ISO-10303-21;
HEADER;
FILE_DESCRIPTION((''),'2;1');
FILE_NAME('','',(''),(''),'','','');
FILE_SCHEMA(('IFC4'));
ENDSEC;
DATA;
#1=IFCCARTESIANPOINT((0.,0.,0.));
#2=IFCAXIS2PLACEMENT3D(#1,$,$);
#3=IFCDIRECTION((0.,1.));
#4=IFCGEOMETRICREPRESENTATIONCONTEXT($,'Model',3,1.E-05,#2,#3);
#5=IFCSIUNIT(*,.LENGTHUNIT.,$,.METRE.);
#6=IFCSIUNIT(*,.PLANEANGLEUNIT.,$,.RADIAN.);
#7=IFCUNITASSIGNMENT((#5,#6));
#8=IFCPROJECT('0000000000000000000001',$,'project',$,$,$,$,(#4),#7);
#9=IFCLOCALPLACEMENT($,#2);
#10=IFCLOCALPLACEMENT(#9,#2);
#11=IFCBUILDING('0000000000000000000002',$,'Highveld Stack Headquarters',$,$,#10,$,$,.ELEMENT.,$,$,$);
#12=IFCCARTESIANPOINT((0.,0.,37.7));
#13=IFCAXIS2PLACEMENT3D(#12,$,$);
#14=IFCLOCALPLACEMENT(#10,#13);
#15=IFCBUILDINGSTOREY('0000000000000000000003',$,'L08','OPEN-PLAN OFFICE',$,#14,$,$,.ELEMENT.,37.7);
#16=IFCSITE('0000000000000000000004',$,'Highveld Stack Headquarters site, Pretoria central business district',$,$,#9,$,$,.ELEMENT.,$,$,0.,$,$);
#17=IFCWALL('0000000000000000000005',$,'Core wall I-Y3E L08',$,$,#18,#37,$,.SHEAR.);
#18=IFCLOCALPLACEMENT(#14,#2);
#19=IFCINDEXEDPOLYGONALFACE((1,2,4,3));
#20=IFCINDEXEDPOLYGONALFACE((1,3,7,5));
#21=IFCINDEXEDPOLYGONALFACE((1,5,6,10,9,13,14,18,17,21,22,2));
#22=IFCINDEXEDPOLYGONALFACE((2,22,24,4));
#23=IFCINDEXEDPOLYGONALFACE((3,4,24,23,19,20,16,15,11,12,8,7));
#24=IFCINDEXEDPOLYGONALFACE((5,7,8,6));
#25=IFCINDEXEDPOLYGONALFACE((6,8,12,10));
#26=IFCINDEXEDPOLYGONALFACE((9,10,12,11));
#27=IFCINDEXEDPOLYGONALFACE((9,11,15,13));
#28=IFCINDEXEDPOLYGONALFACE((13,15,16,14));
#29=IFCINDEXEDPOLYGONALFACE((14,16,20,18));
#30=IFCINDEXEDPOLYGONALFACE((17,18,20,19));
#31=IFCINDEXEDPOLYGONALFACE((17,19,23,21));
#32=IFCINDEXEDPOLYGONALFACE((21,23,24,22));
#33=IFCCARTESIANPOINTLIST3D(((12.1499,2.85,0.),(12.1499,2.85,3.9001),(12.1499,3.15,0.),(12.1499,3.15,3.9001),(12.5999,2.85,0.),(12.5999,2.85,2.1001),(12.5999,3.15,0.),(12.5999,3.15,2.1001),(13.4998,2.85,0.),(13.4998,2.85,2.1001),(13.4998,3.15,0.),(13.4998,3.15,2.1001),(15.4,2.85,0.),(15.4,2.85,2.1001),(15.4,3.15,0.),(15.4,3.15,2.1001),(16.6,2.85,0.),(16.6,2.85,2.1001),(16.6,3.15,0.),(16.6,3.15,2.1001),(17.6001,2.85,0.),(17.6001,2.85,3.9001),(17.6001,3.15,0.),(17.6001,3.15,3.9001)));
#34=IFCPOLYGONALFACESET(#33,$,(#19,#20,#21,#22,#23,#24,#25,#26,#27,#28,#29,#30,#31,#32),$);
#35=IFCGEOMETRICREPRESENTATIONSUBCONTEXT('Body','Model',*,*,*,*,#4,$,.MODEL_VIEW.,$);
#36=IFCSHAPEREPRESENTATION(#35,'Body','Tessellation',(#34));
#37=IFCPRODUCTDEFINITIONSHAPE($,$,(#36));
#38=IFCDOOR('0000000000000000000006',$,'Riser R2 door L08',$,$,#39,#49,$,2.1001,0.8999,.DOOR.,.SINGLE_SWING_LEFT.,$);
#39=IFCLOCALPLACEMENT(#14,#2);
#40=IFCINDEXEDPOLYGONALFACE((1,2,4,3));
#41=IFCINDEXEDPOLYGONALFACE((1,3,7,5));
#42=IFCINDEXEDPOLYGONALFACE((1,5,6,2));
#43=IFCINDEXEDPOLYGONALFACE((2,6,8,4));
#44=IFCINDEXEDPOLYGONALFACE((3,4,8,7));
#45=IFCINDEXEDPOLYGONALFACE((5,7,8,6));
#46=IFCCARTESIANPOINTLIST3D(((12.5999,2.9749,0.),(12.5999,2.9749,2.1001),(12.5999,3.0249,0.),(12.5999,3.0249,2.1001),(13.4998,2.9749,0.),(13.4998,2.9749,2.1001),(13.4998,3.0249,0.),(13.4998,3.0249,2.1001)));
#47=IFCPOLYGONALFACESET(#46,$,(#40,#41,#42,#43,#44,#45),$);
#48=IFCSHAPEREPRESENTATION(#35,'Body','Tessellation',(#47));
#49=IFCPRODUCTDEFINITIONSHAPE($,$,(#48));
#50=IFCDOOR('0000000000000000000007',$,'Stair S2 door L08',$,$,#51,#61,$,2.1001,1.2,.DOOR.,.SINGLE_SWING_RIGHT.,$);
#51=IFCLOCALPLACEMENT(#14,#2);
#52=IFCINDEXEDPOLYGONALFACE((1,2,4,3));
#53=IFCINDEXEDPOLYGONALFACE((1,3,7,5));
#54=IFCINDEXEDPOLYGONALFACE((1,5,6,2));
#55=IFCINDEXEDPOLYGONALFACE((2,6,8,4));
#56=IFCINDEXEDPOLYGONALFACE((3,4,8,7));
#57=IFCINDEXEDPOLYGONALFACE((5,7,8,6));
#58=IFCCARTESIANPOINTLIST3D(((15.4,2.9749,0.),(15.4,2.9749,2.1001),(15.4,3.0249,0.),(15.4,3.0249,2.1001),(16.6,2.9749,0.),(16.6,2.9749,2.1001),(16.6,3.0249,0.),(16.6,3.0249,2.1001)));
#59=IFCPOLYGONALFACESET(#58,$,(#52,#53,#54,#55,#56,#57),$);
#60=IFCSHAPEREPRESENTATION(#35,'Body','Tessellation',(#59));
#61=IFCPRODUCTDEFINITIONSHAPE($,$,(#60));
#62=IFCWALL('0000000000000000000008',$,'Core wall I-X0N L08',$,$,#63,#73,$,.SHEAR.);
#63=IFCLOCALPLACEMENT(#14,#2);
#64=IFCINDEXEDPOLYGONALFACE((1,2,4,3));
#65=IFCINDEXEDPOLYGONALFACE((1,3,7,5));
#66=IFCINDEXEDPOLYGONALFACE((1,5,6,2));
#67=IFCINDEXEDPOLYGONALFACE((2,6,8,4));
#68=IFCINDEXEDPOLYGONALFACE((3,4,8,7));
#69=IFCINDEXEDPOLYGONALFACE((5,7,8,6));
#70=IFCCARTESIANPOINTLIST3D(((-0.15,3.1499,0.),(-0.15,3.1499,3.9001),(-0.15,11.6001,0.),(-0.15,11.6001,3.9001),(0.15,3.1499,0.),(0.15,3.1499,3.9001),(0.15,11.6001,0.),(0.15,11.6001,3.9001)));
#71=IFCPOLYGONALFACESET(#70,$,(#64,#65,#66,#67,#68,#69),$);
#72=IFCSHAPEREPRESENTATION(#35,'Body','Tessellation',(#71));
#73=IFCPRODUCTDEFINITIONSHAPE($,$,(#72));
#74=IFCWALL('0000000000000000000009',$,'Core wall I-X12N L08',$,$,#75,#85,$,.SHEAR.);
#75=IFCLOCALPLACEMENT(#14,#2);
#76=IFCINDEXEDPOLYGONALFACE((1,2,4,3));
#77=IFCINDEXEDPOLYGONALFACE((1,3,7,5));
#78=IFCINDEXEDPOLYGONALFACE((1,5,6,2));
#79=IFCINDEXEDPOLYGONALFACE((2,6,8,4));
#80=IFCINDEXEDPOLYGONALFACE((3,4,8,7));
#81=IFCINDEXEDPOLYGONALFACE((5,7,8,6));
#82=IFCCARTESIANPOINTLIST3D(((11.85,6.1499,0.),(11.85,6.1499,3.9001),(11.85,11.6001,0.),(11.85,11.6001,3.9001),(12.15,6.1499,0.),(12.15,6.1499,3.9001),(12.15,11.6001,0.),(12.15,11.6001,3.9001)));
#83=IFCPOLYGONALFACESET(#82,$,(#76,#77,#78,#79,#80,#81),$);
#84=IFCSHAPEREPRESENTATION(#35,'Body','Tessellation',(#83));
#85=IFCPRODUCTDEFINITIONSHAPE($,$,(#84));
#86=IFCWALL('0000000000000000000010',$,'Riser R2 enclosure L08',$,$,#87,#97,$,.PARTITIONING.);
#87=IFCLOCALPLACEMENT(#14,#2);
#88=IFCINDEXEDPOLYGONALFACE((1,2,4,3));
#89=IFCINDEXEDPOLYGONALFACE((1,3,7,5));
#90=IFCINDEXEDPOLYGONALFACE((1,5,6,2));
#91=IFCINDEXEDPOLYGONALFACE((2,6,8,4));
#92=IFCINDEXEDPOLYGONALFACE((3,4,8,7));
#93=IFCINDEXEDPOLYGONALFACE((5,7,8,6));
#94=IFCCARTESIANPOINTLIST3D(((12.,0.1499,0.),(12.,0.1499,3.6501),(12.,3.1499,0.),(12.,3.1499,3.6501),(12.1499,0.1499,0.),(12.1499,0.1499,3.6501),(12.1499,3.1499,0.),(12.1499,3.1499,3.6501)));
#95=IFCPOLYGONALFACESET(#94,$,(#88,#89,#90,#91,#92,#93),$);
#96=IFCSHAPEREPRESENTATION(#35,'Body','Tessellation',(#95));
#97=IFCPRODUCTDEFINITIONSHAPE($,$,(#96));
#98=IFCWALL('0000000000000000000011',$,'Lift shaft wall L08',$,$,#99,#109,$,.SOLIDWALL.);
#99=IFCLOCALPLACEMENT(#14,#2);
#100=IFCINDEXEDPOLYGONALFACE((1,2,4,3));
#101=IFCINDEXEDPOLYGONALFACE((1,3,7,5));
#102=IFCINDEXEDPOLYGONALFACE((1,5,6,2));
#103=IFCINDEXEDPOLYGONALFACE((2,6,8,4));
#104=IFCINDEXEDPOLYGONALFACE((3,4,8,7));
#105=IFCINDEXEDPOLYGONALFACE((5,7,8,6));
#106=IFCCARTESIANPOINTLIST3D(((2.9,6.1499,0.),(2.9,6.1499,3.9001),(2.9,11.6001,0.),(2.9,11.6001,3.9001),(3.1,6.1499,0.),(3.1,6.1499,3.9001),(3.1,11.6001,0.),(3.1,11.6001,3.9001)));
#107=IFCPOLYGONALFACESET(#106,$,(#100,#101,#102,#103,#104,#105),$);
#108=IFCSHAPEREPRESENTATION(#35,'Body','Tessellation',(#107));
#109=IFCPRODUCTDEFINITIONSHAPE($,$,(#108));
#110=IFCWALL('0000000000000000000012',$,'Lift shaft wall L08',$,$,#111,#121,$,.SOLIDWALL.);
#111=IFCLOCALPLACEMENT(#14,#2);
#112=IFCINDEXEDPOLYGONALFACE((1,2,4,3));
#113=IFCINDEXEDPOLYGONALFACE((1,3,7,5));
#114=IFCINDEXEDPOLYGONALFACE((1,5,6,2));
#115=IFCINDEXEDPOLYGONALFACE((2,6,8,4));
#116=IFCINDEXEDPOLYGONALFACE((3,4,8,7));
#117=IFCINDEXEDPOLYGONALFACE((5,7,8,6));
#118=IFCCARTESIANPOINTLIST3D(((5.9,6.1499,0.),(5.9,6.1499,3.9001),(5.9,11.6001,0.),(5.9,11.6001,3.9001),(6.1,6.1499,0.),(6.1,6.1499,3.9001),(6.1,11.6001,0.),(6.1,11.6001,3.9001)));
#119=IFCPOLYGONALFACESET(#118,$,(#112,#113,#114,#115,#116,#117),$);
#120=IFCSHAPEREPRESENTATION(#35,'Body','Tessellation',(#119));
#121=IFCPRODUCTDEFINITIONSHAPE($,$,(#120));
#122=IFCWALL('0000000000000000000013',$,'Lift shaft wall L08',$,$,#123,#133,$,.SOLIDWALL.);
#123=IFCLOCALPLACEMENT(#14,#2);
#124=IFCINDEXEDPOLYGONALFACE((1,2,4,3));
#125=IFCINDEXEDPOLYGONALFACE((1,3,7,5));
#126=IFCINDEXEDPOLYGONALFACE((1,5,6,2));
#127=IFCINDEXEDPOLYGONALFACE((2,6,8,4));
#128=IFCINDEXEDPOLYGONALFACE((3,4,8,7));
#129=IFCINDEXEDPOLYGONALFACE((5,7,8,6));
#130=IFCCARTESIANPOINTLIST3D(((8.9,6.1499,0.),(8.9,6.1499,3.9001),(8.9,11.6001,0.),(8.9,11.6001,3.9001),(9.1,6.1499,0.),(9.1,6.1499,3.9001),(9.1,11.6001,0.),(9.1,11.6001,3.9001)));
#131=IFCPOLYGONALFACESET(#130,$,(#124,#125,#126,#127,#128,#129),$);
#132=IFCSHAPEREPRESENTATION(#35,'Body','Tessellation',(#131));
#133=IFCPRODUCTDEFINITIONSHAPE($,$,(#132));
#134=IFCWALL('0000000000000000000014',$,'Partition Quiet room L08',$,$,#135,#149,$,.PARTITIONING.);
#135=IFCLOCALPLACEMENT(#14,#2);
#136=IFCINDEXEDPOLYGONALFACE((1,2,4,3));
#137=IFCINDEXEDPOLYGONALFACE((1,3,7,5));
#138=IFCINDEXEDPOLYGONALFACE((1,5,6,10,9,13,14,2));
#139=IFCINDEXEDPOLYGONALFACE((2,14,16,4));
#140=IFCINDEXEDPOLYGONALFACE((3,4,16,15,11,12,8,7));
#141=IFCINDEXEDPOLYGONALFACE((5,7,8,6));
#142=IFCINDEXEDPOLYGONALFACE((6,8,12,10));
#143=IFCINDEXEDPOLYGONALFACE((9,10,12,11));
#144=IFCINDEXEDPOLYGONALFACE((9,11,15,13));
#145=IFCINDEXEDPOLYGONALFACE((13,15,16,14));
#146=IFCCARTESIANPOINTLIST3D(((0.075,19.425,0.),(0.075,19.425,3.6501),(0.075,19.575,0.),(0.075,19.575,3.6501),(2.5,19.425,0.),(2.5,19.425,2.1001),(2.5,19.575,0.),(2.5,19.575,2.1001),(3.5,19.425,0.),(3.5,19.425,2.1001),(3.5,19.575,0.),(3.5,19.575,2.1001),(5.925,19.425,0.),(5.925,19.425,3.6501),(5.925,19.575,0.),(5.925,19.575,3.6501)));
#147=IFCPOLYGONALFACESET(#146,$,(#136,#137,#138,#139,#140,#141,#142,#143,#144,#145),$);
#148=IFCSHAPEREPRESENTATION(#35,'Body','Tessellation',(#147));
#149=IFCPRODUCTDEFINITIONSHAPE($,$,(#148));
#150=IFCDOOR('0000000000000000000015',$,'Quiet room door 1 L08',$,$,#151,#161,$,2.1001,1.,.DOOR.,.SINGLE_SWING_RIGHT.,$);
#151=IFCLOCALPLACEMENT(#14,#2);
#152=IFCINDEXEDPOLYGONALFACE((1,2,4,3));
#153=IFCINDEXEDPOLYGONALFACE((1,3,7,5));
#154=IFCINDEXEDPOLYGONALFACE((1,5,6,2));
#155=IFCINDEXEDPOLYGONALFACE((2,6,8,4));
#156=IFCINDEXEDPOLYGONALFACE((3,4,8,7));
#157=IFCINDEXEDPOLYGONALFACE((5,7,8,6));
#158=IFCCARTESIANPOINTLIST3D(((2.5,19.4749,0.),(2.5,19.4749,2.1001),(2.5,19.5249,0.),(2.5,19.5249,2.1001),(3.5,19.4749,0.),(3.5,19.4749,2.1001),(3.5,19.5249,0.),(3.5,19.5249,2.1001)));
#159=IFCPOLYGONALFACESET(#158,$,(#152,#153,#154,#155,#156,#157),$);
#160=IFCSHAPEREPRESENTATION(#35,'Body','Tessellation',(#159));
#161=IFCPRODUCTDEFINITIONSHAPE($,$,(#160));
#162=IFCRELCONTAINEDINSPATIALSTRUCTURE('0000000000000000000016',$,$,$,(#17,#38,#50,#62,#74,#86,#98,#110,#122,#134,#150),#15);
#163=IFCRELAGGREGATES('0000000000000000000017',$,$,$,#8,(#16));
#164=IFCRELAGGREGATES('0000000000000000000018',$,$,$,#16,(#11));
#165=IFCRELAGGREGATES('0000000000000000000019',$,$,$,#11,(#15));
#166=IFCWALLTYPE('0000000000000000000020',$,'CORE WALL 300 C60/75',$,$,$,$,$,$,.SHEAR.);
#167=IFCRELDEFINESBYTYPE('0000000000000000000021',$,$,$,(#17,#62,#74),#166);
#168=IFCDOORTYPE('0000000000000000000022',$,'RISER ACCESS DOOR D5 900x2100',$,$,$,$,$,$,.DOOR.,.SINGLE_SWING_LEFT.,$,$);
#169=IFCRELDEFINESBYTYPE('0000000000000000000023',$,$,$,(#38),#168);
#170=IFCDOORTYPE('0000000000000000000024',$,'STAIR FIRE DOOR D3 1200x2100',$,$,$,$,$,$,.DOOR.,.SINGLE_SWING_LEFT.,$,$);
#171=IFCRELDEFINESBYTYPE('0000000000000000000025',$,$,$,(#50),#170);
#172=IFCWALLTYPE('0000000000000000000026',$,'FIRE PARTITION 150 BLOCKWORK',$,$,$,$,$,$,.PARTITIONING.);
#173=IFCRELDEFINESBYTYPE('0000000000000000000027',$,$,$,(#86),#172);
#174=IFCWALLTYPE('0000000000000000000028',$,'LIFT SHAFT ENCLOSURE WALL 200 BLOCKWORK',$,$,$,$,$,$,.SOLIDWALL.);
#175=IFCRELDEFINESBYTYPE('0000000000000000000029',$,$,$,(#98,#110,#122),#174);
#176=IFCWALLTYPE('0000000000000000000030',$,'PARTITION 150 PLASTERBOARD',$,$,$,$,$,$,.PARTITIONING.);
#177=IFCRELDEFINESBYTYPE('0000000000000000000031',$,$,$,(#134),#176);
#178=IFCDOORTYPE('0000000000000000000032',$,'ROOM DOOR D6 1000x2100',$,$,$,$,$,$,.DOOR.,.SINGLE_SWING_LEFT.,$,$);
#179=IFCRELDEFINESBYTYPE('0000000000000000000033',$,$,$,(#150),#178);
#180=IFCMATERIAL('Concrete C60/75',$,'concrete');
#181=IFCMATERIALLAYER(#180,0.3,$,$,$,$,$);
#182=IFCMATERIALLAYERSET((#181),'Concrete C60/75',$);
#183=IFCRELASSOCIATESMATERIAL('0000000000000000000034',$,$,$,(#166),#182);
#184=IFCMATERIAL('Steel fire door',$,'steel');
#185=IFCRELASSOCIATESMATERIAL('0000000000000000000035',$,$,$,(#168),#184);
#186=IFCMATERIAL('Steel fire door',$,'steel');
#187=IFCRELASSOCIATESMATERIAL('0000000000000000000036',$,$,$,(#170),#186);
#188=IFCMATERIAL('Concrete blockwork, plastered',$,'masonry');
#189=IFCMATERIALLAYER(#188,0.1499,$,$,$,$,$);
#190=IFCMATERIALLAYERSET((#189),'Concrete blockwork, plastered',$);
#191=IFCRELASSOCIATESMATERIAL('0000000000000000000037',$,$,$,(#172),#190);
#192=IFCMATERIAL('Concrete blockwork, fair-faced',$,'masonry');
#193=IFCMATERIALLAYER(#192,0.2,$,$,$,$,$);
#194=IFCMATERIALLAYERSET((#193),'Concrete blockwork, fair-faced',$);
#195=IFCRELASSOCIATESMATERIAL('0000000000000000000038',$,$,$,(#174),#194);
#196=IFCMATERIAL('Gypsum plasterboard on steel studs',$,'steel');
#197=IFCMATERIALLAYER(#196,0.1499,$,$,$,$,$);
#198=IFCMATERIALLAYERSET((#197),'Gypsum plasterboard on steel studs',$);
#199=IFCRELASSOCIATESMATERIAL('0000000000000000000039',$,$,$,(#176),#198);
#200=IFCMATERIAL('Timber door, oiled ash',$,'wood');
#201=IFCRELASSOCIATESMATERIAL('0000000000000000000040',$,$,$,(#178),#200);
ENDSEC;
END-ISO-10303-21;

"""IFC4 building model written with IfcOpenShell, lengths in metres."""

from ifc_helpers import new_model, si_unit, direction, frame, frame_2d, origin, place, context, subcontext, project, spatial, rectangle, extrude, material, layer, layer_set, type_object, element, fill, save


model = new_model("IFC4")

# Units and contexts
model_context = context("Model", 3, precision=1e-05, world=origin(), true_north=direction((0.0, 1.0)))
body_context = subcontext(model_context, "Body", "Model", "MODEL_VIEW")
ifc_project = project(units=[si_unit("LENGTHUNIT", "METRE"), si_unit("PLANEANGLEUNIT", "RADIAN")], contexts=[model_context])

# Site, building, storey
site_placement = place(None, origin())
site = spatial("IfcSite", under=ifc_project, at=site_placement, Name="Highveld Stack Headquarters site, Pretoria central business district", CompositionType="ELEMENT", RefElevation=0.0)
building_placement = place(site_placement, origin())
building = spatial("IfcBuilding", under=site, at=building_placement, Name="Highveld Stack Headquarters", CompositionType="ELEMENT")
storey_placement = place(building_placement, frame((0.0, 0.0, 37.7)))
storey = spatial("IfcBuildingStorey", under=building, at=storey_placement, Name="L08", Description="OPEN-PLAN OFFICE", CompositionType="ELEMENT", Elevation=37.7)

# Wall, openings, doors
ifc_material_1 = material(Name="Concrete C60/75", Category="concrete")
ifc_layer_1 = layer(ifc_material_1, 0.3)
ifc_layer_set_1 = layer_set([ifc_layer_1], Name="Concrete C60/75")
wall_type_1 = type_object("IfcWallType", Name="CORE WALL 300 C60/75", PredefinedType="SHEAR", material=ifc_layer_set_1)
wall_1_placement = place(storey_placement, frame((12.1499, 3.0, 0.0), z_axis=(0.0, 0.0, 1.0), x_axis=(1.0, 0.0, 0.0)))
wall_1 = element("IfcWall", 1, at=wall_1_placement, inside=storey, type_object=wall_type_1, Name="Core wall I-Y3E L08", PredefinedType="SHEAR", context=body_context, shape_type="SweptSolid", body=[
    extrude(rectangle(XDim=5.4502, YDim=0.3, at=frame_2d((2.7251, 0.0))), origin(), (0.0, 0.0, 1.0), 3.9001),
])
opening_1_placement = place(wall_1_placement, frame((3.25, 0.0, 0.0)))
opening_1 = element("IfcOpeningElement", 2, at=opening_1_placement, cuts=wall_1, PredefinedType="OPENING", context=body_context, shape_type="SweptSolid", body=[
    extrude(rectangle(XDim=1.2, YDim=2.1001, at=frame_2d((0.6001, 1.05))), frame((0.0, 0.1599, 0.0), z_axis=(0.0, -1.0, 0.0), x_axis=(1.0, 0.0, 0.0)), (0.0, 0.0, 1.0), 0.3201),
])
opening_2_placement = place(wall_1_placement, frame((0.45, 0.0, 0.0)))
opening_2 = element("IfcOpeningElement", 3, at=opening_2_placement, cuts=wall_1, PredefinedType="OPENING", context=body_context, shape_type="SweptSolid", body=[
    extrude(rectangle(XDim=0.8999, YDim=2.1001, at=frame_2d((0.45, 1.05))), frame((0.0, 0.1599, 0.0), z_axis=(0.0, -1.0, 0.0), x_axis=(1.0, 0.0, 0.0)), (0.0, 0.0, 1.0), 0.3201),
])
ifc_material_2 = material(Name="Steel fire door", Category="steel")
door_type_1 = type_object("IfcDoorType", Name="RISER ACCESS DOOR D5 900x2100", OperationType="SINGLE_SWING_LEFT", PredefinedType="DOOR", material=ifc_material_2)
door_1_placement = place(opening_2_placement, origin())
door_1 = element("IfcDoor", 4, at=door_1_placement, inside=storey, type_object=door_type_1, Name="Riser R2 door L08", OperationType="SINGLE_SWING_LEFT", OverallHeight=2.1001, OverallWidth=0.8999, PredefinedType="DOOR", context=body_context, shape_type="SweptSolid", body=[
    extrude(rectangle(XDim=0.8999, YDim=2.1001, at=frame_2d((0.45, 1.05))), frame((0.0, 0.0249, 0.0), z_axis=(0.0, -1.0, 0.0), x_axis=(1.0, 0.0, 0.0)), (0.0, 0.0, 1.0), 0.05),
])
fill(opening_2, door_1)
ifc_material_3 = material(Name="Steel fire door", Category="steel")
door_type_2 = type_object("IfcDoorType", Name="STAIR FIRE DOOR D3 1200x2100", OperationType="SINGLE_SWING_LEFT", PredefinedType="DOOR", material=ifc_material_3)
door_2_placement = place(opening_1_placement, origin())
door_2 = element("IfcDoor", 5, at=door_2_placement, inside=storey, type_object=door_type_2, Name="Stair S2 door L08", OperationType="SINGLE_SWING_RIGHT", OverallHeight=2.1001, OverallWidth=1.2, PredefinedType="DOOR", context=body_context, shape_type="SweptSolid", body=[
    extrude(rectangle(XDim=1.2, YDim=2.1001, at=frame_2d((0.6001, 1.05))), frame((0.0, 0.0249, 0.0), z_axis=(0.0, -1.0, 0.0), x_axis=(1.0, 0.0, 0.0)), (0.0, 0.0, 1.0), 0.05),
])
fill(opening_1, door_2)

# Walls
wall_2_placement = place(storey_placement, frame((0.0, 3.1499, 0.0), z_axis=(0.0, 0.0, 1.0), x_axis=(0.0, 1.0, 0.0)))
element("IfcWall", 6, at=wall_2_placement, inside=storey, type_object=wall_type_1, Name="Core wall I-X0N L08", PredefinedType="SHEAR", context=body_context, shape_type="SweptSolid", body=[
    extrude(rectangle(XDim=8.4502, YDim=0.3, at=frame_2d((4.2251, 0.0))), origin(), (0.0, 0.0, 1.0), 3.9001),
])
wall_3_placement = place(storey_placement, frame((12.0, 6.1499, 0.0), z_axis=(0.0, 0.0, 1.0), x_axis=(0.0, 1.0, 0.0)))
element("IfcWall", 7, at=wall_3_placement, inside=storey, type_object=wall_type_1, Name="Core wall I-X12N L08", PredefinedType="SHEAR", context=body_context, shape_type="SweptSolid", body=[
    extrude(rectangle(XDim=5.4502, YDim=0.3, at=frame_2d((2.7251, 0.0))), origin(), (0.0, 0.0, 1.0), 3.9001),
])
ifc_material_4 = material(Name="Concrete blockwork, plastered", Category="masonry")
ifc_layer_2 = layer(ifc_material_4, 0.1499)
ifc_layer_set_2 = layer_set([ifc_layer_2], Name="Concrete blockwork, plastered")
wall_type_2 = type_object("IfcWallType", Name="FIRE PARTITION 150 BLOCKWORK", PredefinedType="PARTITIONING", material=ifc_layer_set_2)
wall_4_placement = place(storey_placement, frame((12.075, 0.1499, 0.0), z_axis=(0.0, 0.0, 1.0), x_axis=(0.0, 1.0, 0.0)))
element("IfcWall", 8, at=wall_4_placement, inside=storey, type_object=wall_type_2, Name="Riser R2 enclosure L08", PredefinedType="PARTITIONING", context=body_context, shape_type="SweptSolid", body=[
    extrude(rectangle(XDim=3.0, YDim=0.1499, at=frame_2d((1.5, 0.0))), origin(), (0.0, 0.0, 1.0), 3.6501),
])
ifc_material_5 = material(Name="Concrete blockwork, fair-faced", Category="masonry")
ifc_layer_3 = layer(ifc_material_5, 0.2)
ifc_layer_set_3 = layer_set([ifc_layer_3], Name="Concrete blockwork, fair-faced")
wall_type_3 = type_object("IfcWallType", Name="LIFT SHAFT ENCLOSURE WALL 200 BLOCKWORK", PredefinedType="SOLIDWALL", material=ifc_layer_set_3)
for number, where, z_axis, x_axis, name in (
    (9, (3.0, 6.1499, 0.0), (0.0, 0.0, 1.0), (0.0, 1.0, 0.0), "Lift shaft wall L08"),
    (10, (6.0, 6.1499, 0.0), (0.0, 0.0, 1.0), (0.0, 1.0, 0.0), "Lift shaft wall L08"),
    (11, (9.0, 6.1499, 0.0), (0.0, 0.0, 1.0), (0.0, 1.0, 0.0), "Lift shaft wall L08"),
):
    element("IfcWall", number, at=place(storey_placement, frame(where, z_axis=z_axis, x_axis=x_axis)), inside=storey, type_object=wall_type_3, Name=name, PredefinedType="SOLIDWALL", context=body_context, shape_type="SweptSolid", body=[
        extrude(rectangle(XDim=5.4502, YDim=0.2, at=frame_2d((2.7251, 0.0))), origin(), (0.0, 0.0, 1.0), 3.9001),
    ])

# Wall, opening, door
ifc_material_6 = material(Name="Gypsum plasterboard on steel studs", Category="steel")
ifc_layer_4 = layer(ifc_material_6, 0.1499)
ifc_layer_set_4 = layer_set([ifc_layer_4], Name="Gypsum plasterboard on steel studs")
wall_type_4 = type_object("IfcWallType", Name="PARTITION 150 PLASTERBOARD", PredefinedType="PARTITIONING", material=ifc_layer_set_4)
wall_5_placement = place(storey_placement, frame((0.075, 19.5, 0.0), z_axis=(0.0, 0.0, 1.0), x_axis=(1.0, 0.0, 0.0)))
wall_5 = element("IfcWall", 12, at=wall_5_placement, inside=storey, type_object=wall_type_4, Name="Partition Quiet room L08", PredefinedType="PARTITIONING", context=body_context, shape_type="SweptSolid", body=[
    extrude(rectangle(XDim=5.8501, YDim=0.1499, at=frame_2d((2.925, 0.0))), origin(), (0.0, 0.0, 1.0), 3.6501),
])
opening_3_placement = place(wall_5_placement, frame((2.425, 0.0, 0.0)))
opening_3 = element("IfcOpeningElement", 13, at=opening_3_placement, cuts=wall_5, PredefinedType="OPENING", context=body_context, shape_type="SweptSolid", body=[
    extrude(rectangle(XDim=1.0, YDim=2.1001, at=frame_2d((0.5, 1.05))), frame((0.0, 0.085, 0.0), z_axis=(0.0, -1.0, 0.0), x_axis=(1.0, 0.0, 0.0)), (0.0, 0.0, 1.0), 0.1699),
])
ifc_material_7 = material(Name="Timber door, oiled ash", Category="wood")
door_type_3 = type_object("IfcDoorType", Name="ROOM DOOR D6 1000x2100", OperationType="SINGLE_SWING_LEFT", PredefinedType="DOOR", material=ifc_material_7)
door_3_placement = place(opening_3_placement, origin())
door_3 = element("IfcDoor", 14, at=door_3_placement, inside=storey, type_object=door_type_3, Name="Quiet room door 1 L08", OperationType="SINGLE_SWING_RIGHT", OverallHeight=2.1001, OverallWidth=1.0, PredefinedType="DOOR", context=body_context, shape_type="SweptSolid", body=[
    extrude(rectangle(XDim=1.0, YDim=2.1001, at=frame_2d((0.5, 1.05))), frame((0.0, 0.0249, 0.0), z_axis=(0.0, -1.0, 0.0), x_axis=(1.0, 0.0, 0.0)), (0.0, 0.0, 1.0), 0.05),
])
fill(opening_3, door_3)

save(model, "model.ifc")
